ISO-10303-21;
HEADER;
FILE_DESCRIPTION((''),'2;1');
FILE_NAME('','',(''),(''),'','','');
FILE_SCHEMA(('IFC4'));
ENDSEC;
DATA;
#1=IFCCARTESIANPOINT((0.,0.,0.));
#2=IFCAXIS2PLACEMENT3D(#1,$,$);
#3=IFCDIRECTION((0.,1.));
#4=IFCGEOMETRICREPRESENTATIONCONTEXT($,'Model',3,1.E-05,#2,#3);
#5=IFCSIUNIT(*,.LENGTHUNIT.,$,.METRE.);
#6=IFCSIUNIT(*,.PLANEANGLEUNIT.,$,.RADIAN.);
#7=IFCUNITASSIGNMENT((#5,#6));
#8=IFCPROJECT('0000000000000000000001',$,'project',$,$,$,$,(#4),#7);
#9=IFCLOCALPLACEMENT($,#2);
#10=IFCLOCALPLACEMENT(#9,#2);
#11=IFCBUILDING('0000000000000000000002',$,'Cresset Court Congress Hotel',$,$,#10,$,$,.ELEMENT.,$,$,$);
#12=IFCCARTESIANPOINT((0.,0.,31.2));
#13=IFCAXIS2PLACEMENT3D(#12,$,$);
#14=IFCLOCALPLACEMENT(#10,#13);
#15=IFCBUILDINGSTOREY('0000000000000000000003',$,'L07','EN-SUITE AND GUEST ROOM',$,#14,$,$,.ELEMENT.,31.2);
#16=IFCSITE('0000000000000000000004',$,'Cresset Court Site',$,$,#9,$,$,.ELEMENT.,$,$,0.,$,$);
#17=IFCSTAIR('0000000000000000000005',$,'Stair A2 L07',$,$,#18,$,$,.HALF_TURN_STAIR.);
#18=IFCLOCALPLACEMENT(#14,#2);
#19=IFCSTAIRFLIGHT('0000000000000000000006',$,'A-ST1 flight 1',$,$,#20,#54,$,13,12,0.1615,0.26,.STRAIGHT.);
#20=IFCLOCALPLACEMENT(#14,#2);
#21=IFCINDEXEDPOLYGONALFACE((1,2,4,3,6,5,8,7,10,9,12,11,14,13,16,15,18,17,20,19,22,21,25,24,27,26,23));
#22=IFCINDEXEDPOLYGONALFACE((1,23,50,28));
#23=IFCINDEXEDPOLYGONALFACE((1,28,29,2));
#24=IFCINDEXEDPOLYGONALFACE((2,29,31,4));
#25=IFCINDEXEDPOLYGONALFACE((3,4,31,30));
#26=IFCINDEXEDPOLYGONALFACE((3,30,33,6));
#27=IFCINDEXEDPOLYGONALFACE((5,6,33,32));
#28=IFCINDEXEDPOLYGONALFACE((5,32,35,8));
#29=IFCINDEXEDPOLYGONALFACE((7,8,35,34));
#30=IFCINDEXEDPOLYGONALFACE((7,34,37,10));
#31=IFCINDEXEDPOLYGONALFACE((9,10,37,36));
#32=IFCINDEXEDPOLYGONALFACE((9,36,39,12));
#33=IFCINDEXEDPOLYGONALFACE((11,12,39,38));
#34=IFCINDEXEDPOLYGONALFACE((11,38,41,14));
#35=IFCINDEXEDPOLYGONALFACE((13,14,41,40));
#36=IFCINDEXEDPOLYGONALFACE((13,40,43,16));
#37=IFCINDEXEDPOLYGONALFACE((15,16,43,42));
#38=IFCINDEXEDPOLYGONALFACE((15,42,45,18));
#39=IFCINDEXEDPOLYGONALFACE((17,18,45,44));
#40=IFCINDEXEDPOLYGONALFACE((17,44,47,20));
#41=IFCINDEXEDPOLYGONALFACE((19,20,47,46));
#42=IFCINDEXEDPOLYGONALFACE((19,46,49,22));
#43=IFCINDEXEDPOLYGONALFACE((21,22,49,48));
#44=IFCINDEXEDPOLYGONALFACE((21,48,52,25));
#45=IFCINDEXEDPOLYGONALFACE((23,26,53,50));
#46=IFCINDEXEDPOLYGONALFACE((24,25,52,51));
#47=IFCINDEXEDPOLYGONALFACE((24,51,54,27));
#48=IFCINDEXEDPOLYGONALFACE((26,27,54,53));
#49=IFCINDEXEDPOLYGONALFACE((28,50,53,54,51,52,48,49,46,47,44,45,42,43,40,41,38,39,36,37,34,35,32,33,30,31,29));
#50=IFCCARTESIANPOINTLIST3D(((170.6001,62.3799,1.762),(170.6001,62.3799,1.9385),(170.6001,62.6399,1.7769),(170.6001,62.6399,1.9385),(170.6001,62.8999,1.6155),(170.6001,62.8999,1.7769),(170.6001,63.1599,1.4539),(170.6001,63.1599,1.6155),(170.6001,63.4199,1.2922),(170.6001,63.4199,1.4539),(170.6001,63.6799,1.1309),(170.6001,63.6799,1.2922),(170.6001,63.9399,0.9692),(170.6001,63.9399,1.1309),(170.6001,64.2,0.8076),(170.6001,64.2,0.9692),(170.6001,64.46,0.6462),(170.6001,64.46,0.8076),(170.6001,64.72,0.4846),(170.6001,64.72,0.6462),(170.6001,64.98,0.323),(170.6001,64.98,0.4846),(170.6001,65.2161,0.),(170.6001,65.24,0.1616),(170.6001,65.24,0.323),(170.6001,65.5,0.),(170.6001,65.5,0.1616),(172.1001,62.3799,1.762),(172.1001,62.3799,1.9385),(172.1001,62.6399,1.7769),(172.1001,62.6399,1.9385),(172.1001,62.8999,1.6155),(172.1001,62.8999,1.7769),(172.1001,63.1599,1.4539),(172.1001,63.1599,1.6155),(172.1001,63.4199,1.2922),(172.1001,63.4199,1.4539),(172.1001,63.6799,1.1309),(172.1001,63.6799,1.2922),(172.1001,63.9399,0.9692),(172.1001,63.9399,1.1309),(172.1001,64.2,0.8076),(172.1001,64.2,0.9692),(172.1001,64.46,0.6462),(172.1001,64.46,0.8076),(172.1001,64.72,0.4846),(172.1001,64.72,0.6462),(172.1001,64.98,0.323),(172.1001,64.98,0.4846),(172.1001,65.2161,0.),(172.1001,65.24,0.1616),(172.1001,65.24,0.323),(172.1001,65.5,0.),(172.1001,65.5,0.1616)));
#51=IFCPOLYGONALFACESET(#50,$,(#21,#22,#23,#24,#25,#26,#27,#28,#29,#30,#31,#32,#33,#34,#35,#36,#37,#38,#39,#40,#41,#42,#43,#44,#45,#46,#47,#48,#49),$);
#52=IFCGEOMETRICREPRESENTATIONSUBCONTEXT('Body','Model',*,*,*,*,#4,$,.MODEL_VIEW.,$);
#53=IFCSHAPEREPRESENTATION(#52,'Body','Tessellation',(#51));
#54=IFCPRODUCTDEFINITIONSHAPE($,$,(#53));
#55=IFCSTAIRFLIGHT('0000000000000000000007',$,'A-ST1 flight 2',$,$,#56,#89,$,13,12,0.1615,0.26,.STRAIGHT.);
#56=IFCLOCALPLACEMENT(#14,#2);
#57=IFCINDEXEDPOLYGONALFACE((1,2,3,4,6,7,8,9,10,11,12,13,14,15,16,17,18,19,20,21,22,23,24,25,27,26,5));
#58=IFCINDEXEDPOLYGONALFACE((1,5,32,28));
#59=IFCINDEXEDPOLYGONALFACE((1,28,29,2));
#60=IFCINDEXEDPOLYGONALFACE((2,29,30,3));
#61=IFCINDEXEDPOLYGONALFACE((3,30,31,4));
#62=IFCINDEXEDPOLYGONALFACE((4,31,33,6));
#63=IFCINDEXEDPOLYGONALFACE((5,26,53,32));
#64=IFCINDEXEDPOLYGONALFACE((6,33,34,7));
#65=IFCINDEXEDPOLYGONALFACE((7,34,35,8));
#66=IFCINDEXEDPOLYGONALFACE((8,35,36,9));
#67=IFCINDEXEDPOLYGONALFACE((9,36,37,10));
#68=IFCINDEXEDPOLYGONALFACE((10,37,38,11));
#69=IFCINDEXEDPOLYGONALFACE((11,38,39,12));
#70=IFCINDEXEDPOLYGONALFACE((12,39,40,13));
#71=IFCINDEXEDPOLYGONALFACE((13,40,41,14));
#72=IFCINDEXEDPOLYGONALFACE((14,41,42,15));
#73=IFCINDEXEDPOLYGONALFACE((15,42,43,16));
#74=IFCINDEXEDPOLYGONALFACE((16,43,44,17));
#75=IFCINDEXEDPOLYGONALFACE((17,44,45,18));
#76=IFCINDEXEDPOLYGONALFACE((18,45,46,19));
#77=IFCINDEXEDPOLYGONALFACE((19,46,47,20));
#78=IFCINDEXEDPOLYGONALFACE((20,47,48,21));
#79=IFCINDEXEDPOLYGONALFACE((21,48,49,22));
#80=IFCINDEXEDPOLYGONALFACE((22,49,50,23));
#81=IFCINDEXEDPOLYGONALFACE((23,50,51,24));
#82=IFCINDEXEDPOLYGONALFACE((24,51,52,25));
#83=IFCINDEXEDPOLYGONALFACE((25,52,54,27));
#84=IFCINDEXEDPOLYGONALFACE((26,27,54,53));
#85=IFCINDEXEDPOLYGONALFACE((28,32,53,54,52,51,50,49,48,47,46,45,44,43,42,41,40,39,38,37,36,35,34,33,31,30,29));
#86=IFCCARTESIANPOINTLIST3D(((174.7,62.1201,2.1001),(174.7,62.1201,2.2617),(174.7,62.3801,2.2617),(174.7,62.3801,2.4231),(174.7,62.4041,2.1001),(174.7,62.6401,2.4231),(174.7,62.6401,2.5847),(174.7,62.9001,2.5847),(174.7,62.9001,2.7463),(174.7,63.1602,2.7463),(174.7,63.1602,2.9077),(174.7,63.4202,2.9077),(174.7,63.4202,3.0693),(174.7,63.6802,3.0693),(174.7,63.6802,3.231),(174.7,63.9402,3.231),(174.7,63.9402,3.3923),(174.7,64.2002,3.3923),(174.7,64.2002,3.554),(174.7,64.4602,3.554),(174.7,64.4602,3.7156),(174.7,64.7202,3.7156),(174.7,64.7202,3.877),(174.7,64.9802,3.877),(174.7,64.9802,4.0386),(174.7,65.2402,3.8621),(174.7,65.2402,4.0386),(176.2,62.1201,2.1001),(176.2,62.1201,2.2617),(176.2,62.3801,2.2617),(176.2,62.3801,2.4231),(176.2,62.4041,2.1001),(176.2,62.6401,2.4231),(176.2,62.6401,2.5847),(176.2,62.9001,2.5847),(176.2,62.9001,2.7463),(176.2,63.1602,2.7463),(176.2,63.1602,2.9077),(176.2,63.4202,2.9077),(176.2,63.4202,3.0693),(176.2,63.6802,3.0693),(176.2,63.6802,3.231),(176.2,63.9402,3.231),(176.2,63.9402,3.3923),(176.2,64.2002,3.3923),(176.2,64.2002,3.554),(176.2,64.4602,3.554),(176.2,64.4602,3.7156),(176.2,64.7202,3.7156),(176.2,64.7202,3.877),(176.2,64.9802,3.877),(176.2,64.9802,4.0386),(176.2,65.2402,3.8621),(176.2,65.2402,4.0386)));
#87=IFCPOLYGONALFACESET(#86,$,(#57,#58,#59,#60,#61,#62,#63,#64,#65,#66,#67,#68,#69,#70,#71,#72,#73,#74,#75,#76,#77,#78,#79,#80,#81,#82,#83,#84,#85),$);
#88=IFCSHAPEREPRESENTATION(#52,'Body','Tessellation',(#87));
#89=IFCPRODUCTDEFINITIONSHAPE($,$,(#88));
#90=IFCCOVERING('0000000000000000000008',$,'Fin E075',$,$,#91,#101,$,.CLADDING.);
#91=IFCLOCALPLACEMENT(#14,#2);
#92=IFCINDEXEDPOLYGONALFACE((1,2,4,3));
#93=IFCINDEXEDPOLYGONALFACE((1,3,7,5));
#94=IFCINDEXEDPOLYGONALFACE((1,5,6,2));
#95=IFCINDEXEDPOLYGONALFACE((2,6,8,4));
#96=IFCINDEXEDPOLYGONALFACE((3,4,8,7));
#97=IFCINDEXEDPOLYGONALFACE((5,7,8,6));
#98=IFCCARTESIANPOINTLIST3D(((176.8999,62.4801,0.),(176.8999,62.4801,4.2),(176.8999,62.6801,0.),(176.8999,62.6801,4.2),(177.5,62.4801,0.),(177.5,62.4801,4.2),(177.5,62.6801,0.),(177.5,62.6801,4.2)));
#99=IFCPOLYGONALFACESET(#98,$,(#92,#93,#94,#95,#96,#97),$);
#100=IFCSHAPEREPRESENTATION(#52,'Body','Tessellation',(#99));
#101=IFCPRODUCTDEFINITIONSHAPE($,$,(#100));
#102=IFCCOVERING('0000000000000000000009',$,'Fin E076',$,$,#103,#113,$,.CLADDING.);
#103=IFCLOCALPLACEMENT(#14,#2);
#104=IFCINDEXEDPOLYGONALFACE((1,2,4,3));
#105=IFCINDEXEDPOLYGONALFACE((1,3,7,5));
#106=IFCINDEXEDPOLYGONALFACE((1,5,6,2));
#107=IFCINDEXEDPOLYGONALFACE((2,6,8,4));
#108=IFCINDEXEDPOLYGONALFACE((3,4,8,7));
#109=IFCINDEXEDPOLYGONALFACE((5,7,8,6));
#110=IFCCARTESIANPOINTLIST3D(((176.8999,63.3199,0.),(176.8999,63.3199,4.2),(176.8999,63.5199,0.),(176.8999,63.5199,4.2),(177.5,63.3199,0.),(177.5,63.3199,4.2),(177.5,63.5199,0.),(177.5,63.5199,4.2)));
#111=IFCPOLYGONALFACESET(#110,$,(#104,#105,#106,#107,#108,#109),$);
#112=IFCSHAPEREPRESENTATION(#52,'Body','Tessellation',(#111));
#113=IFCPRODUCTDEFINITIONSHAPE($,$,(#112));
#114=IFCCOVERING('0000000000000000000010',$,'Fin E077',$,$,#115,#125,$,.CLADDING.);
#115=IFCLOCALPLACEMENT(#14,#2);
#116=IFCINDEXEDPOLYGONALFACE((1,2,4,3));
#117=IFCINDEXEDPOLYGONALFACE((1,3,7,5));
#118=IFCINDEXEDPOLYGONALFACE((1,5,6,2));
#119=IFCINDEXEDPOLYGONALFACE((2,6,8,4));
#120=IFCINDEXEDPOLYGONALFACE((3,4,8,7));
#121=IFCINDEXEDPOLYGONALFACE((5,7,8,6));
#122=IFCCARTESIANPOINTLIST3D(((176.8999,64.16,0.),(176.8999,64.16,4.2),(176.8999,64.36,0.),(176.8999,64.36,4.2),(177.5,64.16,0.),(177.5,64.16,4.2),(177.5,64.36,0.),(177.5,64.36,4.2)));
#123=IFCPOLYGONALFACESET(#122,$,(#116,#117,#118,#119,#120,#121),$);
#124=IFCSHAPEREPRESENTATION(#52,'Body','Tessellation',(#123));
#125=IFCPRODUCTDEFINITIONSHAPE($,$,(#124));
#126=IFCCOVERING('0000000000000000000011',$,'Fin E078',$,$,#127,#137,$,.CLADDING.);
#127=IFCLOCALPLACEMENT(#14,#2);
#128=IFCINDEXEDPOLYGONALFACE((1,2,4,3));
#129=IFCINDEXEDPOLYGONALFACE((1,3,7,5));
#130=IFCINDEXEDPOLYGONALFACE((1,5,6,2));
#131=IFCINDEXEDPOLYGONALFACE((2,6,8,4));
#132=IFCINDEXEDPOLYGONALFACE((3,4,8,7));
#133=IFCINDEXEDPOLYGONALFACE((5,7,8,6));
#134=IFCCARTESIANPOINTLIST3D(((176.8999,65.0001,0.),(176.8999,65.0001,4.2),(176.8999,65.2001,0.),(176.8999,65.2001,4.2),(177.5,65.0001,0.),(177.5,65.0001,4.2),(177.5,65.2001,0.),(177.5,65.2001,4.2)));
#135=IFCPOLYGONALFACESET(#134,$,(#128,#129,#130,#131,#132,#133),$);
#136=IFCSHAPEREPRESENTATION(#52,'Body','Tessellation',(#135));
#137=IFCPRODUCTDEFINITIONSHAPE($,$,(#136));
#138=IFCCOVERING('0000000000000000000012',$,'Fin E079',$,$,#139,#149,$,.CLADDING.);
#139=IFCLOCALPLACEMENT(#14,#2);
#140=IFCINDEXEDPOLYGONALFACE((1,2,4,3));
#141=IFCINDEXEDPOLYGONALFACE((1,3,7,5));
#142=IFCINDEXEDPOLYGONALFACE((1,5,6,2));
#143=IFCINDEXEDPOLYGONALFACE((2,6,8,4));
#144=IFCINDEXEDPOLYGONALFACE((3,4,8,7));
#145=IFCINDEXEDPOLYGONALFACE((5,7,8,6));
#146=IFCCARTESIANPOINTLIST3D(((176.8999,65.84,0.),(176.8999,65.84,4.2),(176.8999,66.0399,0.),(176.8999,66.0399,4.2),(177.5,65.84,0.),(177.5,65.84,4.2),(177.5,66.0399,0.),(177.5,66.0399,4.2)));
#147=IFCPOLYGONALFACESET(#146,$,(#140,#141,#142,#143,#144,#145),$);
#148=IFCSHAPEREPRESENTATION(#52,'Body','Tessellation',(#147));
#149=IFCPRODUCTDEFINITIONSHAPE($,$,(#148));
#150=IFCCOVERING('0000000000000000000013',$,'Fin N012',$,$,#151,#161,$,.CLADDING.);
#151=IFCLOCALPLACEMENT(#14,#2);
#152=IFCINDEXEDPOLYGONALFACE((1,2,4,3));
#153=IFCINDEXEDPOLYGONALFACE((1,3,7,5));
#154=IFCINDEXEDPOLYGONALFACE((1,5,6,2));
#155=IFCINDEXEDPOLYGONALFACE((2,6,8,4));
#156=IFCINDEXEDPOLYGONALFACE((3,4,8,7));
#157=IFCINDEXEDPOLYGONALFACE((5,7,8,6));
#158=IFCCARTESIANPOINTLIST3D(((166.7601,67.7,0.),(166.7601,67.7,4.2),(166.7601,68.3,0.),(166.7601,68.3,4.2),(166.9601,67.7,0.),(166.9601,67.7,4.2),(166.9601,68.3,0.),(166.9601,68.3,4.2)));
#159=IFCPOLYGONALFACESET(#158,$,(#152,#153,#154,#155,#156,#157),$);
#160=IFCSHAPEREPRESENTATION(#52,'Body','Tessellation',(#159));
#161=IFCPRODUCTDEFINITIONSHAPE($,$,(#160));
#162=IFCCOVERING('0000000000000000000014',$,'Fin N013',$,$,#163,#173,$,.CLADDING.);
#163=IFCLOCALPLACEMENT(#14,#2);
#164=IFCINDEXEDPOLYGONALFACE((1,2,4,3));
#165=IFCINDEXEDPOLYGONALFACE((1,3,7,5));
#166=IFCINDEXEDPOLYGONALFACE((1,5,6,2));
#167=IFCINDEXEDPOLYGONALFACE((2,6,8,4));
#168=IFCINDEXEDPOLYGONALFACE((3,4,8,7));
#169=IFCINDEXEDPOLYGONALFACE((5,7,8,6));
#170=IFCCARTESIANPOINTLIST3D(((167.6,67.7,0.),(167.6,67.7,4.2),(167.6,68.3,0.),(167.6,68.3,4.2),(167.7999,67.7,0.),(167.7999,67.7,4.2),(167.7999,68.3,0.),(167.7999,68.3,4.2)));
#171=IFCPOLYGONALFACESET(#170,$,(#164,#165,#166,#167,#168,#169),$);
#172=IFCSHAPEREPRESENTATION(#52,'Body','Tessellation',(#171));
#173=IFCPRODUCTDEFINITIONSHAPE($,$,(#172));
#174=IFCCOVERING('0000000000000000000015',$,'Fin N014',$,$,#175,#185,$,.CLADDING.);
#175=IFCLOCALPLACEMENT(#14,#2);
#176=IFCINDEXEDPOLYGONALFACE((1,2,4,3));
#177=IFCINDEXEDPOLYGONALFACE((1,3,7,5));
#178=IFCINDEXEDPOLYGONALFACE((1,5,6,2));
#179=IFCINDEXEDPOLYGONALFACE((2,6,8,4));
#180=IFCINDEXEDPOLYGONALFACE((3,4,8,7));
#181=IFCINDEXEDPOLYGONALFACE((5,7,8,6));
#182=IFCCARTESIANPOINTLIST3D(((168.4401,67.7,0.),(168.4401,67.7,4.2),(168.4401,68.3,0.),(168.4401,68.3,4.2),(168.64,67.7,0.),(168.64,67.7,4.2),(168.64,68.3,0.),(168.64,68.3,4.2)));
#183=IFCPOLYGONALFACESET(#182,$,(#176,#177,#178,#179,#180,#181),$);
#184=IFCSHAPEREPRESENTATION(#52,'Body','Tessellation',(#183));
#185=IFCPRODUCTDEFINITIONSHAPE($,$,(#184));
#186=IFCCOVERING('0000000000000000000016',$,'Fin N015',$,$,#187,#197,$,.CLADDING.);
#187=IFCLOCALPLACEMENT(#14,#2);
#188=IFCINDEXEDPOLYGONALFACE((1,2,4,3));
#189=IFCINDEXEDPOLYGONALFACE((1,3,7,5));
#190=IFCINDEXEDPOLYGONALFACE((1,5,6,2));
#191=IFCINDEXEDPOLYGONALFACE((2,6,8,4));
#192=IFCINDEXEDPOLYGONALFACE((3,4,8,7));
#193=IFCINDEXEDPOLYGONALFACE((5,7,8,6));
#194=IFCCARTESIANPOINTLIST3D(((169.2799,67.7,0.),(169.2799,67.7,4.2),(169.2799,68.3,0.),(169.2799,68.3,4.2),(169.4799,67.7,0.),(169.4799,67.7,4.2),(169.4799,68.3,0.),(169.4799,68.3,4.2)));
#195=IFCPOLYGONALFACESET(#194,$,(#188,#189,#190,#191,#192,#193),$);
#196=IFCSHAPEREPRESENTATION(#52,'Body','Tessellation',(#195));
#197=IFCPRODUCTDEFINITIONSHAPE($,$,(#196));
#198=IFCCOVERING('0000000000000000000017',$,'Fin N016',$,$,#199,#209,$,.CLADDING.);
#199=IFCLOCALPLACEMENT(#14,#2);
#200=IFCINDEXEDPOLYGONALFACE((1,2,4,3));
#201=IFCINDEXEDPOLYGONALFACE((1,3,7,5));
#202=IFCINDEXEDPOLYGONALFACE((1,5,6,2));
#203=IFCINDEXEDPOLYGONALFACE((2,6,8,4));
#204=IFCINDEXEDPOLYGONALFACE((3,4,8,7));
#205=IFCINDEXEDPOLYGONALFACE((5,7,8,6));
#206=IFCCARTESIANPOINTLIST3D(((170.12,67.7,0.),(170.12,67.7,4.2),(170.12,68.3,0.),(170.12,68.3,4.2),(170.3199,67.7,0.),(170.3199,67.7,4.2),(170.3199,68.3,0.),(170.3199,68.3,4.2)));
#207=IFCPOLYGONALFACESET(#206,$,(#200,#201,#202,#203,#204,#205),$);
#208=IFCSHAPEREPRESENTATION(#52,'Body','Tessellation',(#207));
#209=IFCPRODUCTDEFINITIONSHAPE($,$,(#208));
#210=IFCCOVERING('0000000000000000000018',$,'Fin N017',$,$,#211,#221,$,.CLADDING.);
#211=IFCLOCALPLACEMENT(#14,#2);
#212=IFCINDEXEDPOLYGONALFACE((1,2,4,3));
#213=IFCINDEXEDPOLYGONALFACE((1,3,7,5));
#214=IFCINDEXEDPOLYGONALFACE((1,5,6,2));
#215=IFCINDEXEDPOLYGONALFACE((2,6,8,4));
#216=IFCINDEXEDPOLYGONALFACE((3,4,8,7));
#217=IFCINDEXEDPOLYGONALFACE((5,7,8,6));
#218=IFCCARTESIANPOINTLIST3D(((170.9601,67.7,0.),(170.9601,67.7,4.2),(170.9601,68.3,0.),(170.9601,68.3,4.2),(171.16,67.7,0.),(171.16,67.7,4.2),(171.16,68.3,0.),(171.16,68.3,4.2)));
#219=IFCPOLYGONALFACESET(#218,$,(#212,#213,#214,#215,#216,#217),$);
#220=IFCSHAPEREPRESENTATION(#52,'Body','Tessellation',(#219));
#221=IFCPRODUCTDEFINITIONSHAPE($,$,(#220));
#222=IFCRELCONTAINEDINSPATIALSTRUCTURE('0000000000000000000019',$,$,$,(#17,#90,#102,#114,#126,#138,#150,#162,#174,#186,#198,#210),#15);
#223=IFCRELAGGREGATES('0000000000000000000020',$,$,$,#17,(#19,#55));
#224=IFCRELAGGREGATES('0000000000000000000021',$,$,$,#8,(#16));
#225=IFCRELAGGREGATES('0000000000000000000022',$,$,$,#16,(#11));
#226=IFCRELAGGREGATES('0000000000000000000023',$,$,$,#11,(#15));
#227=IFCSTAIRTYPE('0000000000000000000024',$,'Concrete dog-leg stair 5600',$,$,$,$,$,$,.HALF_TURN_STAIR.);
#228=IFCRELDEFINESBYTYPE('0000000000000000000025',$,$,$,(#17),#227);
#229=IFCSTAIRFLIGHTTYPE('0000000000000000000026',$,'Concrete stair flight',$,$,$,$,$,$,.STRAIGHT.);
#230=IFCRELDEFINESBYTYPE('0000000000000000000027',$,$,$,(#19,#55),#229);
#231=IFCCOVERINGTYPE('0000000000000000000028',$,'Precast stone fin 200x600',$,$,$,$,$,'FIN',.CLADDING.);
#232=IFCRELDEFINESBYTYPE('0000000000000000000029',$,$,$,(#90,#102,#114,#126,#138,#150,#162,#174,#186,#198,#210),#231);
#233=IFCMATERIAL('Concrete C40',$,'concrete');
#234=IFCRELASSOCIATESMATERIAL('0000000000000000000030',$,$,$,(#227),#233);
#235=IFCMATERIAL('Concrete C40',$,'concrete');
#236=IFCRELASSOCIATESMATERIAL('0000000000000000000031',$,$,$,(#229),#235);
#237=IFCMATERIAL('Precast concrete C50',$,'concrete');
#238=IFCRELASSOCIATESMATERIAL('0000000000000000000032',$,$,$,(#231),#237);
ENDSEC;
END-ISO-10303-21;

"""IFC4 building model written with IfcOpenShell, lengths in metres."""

from ifc_helpers import new_model, si_unit, direction, frame, origin, origin_2d, place, context, subcontext, project, spatial, polyline, rectangle, outline, extrude, material, type_object, element, aggregate, save


model = new_model("IFC4")

# Units and contexts
model_context = context("Model", 3, precision=1e-05, world=origin(), true_north=direction((0.0, 1.0)))
body_context = subcontext(model_context, "Body", "Model", "MODEL_VIEW")
ifc_project = project(units=[si_unit("LENGTHUNIT", "METRE"), si_unit("PLANEANGLEUNIT", "RADIAN")], contexts=[model_context])

# Site, building, storey
site_placement = place(None, origin())
site = spatial("IfcSite", under=ifc_project, at=site_placement, Name="Cresset Court Site", CompositionType="ELEMENT", RefElevation=0.0)
building_placement = place(site_placement, origin())
building = spatial("IfcBuilding", under=site, at=building_placement, Name="Cresset Court Congress Hotel", CompositionType="ELEMENT")
storey_placement = place(building_placement, frame((0.0, 0.0, 31.2)))
storey = spatial("IfcBuildingStorey", under=building, at=storey_placement, Name="L07", Description="EN-SUITE AND GUEST ROOM", CompositionType="ELEMENT", Elevation=31.2)

# Stair, stair flights
ifc_material_1 = material(Name="Concrete C40", Category="concrete")
stair_type = type_object("IfcStairType", Name="Concrete dog-leg stair 5600", PredefinedType="HALF_TURN_STAIR", material=ifc_material_1)
stair_placement = place(storey_placement, origin())
stair = element("IfcStair", 1, at=stair_placement, inside=storey, type_object=stair_type, Name="Stair A2 L07", PredefinedType="HALF_TURN_STAIR")
ifc_material_2 = material(Name="Concrete C40", Category="concrete")
stair_flight_type = type_object("IfcStairFlightType", Name="Concrete stair flight", PredefinedType="STRAIGHT", material=ifc_material_2)
stair_flight_1_placement = place(storey_placement, frame((171.3501, 65.5, 0.0), z_axis=(0.0, 0.0, 1.0), x_axis=(0.0, -1.0, 0.0)))
stair_flight_1 = element("IfcStairFlight", 2, at=stair_flight_1_placement, type_object=stair_flight_type, Name="A-ST1 flight 1", NumberOfRisers=13, NumberOfTreads=12, PredefinedType="STRAIGHT", RiserHeight=0.1615, TreadLength=0.26, context=body_context, shape_type="SweptSolid", body=[
    extrude(outline(polyline([(0.0, 0.0), (0.0, 0.1616), (0.26, 0.1616), (0.26, 0.323), (0.52, 0.323), (0.52, 0.4846), (0.78, 0.4846), (0.78, 0.6462), (1.04, 0.6462), (1.04, 0.8076), (1.3, 0.8076), (1.3, 0.9692), (1.5601, 0.9692), (1.5601, 1.1309), (1.8201, 1.1309), (1.8201, 1.2922), (2.0801, 1.2922), (2.0801, 1.4539), (2.3401, 1.4539), (2.3401, 1.6155), (2.6001, 1.6155), (2.6001, 1.7769), (2.8601, 1.7769), (2.8601, 1.9385), (3.1201, 1.9385), (3.1201, 2.1001), (3.1201, 1.762), (0.2839, 0.0), (0.0, 0.0)])), frame((0.0, 0.75, 0.0), z_axis=(0.0, -1.0, 0.0), x_axis=(1.0, 0.0, 0.0)), (0.0, 0.0, 1.0), 1.5),
])
stair_flight_2_placement = place(storey_placement, frame((175.45, 62.1201, 2.1001), z_axis=(0.0, 0.0, 1.0), x_axis=(0.0, 1.0, 0.0)))
stair_flight_2 = element("IfcStairFlight", 3, at=stair_flight_2_placement, type_object=stair_flight_type, Name="A-ST1 flight 2", NumberOfRisers=13, NumberOfTreads=12, PredefinedType="STRAIGHT", RiserHeight=0.1615, TreadLength=0.26, context=body_context, shape_type="SweptSolid", body=[
    extrude(outline(polyline([(0.0, 0.0), (0.0, 0.1616), (0.26, 0.1616), (0.26, 0.323), (0.52, 0.323), (0.52, 0.4846), (0.78, 0.4846), (0.78, 0.6462), (1.04, 0.6462), (1.04, 0.8076), (1.3, 0.8076), (1.3, 0.9692), (1.5601, 0.9692), (1.5601, 1.1309), (1.8201, 1.1309), (1.8201, 1.2922), (2.0801, 1.2922), (2.0801, 1.4539), (2.3401, 1.4539), (2.3401, 1.6155), (2.6001, 1.6155), (2.6001, 1.7769), (2.8601, 1.7769), (2.8601, 1.9385), (3.1201, 1.9385), (3.1201, 2.1001), (3.1201, 1.762), (0.2839, 0.0), (0.0, 0.0)])), frame((0.0, 0.75, 0.0), z_axis=(0.0, -1.0, 0.0), x_axis=(1.0, 0.0, 0.0)), (0.0, 0.0, 1.0), 1.5),
])
aggregate(stair, [stair_flight_1, stair_flight_2])

# Coverings
ifc_material_3 = material(Name="Precast concrete C50", Category="concrete")
covering_type_1 = type_object("IfcCoveringType", Name="Precast stone fin 200x600", ElementType="FIN", PredefinedType="CLADDING", material=ifc_material_3)
for number, where, z_axis, x_axis, name in (
    (4, (177.2, 62.5801, 0.0), (0.0, 0.0, 1.0), (1.0, 0.0, 0.0), "Fin E075"),
    (5, (177.2, 63.4199, 0.0), (0.0, 0.0, 1.0), (1.0, 0.0, 0.0), "Fin E076"),
    (6, (177.2, 64.26, 0.0), (0.0, 0.0, 1.0), (1.0, 0.0, 0.0), "Fin E077"),
    (7, (177.2, 65.1001, 0.0), (0.0, 0.0, 1.0), (1.0, 0.0, 0.0), "Fin E078"),
    (8, (177.2, 65.9399, 0.0), (0.0, 0.0, 1.0), (1.0, 0.0, 0.0), "Fin E079"),
):
    element("IfcCovering", number, at=place(storey_placement, frame(where, z_axis=z_axis, x_axis=x_axis)), inside=storey, type_object=covering_type_1, Name=name, PredefinedType="CLADDING", context=body_context, shape_type="SweptSolid", body=[
        extrude(rectangle(XDim=0.6001, YDim=0.2, at=origin_2d()), origin(), (0.0, 0.0, 1.0), 4.2),
    ])
for number, where, z_axis, x_axis, name in (
    (9, (166.8601, 68.0, 0.0), (0.0, 0.0, 1.0), (1.0, 0.0, 0.0), "Fin N012"),
    (10, (167.7, 68.0, 0.0), (0.0, 0.0, 1.0), (1.0, 0.0, 0.0), "Fin N013"),
    (11, (168.54, 68.0, 0.0), (0.0, 0.0, 1.0), (1.0, 0.0, 0.0), "Fin N014"),
    (12, (169.3799, 68.0, 0.0), (0.0, 0.0, 1.0), (1.0, 0.0, 0.0), "Fin N015"),
    (13, (170.22, 68.0, 0.0), (0.0, 0.0, 1.0), (1.0, 0.0, 0.0), "Fin N016"),
    (14, (171.0601, 68.0, 0.0), (0.0, 0.0, 1.0), (1.0, 0.0, 0.0), "Fin N017"),
):
    element("IfcCovering", number, at=place(storey_placement, frame(where, z_axis=z_axis, x_axis=x_axis)), inside=storey, type_object=covering_type_1, Name=name, PredefinedType="CLADDING", context=body_context, shape_type="SweptSolid", body=[
        extrude(rectangle(XDim=0.2, YDim=0.6001, at=origin_2d()), origin(), (0.0, 0.0, 1.0), 4.2),
    ])

save(model, "model.ifc")
